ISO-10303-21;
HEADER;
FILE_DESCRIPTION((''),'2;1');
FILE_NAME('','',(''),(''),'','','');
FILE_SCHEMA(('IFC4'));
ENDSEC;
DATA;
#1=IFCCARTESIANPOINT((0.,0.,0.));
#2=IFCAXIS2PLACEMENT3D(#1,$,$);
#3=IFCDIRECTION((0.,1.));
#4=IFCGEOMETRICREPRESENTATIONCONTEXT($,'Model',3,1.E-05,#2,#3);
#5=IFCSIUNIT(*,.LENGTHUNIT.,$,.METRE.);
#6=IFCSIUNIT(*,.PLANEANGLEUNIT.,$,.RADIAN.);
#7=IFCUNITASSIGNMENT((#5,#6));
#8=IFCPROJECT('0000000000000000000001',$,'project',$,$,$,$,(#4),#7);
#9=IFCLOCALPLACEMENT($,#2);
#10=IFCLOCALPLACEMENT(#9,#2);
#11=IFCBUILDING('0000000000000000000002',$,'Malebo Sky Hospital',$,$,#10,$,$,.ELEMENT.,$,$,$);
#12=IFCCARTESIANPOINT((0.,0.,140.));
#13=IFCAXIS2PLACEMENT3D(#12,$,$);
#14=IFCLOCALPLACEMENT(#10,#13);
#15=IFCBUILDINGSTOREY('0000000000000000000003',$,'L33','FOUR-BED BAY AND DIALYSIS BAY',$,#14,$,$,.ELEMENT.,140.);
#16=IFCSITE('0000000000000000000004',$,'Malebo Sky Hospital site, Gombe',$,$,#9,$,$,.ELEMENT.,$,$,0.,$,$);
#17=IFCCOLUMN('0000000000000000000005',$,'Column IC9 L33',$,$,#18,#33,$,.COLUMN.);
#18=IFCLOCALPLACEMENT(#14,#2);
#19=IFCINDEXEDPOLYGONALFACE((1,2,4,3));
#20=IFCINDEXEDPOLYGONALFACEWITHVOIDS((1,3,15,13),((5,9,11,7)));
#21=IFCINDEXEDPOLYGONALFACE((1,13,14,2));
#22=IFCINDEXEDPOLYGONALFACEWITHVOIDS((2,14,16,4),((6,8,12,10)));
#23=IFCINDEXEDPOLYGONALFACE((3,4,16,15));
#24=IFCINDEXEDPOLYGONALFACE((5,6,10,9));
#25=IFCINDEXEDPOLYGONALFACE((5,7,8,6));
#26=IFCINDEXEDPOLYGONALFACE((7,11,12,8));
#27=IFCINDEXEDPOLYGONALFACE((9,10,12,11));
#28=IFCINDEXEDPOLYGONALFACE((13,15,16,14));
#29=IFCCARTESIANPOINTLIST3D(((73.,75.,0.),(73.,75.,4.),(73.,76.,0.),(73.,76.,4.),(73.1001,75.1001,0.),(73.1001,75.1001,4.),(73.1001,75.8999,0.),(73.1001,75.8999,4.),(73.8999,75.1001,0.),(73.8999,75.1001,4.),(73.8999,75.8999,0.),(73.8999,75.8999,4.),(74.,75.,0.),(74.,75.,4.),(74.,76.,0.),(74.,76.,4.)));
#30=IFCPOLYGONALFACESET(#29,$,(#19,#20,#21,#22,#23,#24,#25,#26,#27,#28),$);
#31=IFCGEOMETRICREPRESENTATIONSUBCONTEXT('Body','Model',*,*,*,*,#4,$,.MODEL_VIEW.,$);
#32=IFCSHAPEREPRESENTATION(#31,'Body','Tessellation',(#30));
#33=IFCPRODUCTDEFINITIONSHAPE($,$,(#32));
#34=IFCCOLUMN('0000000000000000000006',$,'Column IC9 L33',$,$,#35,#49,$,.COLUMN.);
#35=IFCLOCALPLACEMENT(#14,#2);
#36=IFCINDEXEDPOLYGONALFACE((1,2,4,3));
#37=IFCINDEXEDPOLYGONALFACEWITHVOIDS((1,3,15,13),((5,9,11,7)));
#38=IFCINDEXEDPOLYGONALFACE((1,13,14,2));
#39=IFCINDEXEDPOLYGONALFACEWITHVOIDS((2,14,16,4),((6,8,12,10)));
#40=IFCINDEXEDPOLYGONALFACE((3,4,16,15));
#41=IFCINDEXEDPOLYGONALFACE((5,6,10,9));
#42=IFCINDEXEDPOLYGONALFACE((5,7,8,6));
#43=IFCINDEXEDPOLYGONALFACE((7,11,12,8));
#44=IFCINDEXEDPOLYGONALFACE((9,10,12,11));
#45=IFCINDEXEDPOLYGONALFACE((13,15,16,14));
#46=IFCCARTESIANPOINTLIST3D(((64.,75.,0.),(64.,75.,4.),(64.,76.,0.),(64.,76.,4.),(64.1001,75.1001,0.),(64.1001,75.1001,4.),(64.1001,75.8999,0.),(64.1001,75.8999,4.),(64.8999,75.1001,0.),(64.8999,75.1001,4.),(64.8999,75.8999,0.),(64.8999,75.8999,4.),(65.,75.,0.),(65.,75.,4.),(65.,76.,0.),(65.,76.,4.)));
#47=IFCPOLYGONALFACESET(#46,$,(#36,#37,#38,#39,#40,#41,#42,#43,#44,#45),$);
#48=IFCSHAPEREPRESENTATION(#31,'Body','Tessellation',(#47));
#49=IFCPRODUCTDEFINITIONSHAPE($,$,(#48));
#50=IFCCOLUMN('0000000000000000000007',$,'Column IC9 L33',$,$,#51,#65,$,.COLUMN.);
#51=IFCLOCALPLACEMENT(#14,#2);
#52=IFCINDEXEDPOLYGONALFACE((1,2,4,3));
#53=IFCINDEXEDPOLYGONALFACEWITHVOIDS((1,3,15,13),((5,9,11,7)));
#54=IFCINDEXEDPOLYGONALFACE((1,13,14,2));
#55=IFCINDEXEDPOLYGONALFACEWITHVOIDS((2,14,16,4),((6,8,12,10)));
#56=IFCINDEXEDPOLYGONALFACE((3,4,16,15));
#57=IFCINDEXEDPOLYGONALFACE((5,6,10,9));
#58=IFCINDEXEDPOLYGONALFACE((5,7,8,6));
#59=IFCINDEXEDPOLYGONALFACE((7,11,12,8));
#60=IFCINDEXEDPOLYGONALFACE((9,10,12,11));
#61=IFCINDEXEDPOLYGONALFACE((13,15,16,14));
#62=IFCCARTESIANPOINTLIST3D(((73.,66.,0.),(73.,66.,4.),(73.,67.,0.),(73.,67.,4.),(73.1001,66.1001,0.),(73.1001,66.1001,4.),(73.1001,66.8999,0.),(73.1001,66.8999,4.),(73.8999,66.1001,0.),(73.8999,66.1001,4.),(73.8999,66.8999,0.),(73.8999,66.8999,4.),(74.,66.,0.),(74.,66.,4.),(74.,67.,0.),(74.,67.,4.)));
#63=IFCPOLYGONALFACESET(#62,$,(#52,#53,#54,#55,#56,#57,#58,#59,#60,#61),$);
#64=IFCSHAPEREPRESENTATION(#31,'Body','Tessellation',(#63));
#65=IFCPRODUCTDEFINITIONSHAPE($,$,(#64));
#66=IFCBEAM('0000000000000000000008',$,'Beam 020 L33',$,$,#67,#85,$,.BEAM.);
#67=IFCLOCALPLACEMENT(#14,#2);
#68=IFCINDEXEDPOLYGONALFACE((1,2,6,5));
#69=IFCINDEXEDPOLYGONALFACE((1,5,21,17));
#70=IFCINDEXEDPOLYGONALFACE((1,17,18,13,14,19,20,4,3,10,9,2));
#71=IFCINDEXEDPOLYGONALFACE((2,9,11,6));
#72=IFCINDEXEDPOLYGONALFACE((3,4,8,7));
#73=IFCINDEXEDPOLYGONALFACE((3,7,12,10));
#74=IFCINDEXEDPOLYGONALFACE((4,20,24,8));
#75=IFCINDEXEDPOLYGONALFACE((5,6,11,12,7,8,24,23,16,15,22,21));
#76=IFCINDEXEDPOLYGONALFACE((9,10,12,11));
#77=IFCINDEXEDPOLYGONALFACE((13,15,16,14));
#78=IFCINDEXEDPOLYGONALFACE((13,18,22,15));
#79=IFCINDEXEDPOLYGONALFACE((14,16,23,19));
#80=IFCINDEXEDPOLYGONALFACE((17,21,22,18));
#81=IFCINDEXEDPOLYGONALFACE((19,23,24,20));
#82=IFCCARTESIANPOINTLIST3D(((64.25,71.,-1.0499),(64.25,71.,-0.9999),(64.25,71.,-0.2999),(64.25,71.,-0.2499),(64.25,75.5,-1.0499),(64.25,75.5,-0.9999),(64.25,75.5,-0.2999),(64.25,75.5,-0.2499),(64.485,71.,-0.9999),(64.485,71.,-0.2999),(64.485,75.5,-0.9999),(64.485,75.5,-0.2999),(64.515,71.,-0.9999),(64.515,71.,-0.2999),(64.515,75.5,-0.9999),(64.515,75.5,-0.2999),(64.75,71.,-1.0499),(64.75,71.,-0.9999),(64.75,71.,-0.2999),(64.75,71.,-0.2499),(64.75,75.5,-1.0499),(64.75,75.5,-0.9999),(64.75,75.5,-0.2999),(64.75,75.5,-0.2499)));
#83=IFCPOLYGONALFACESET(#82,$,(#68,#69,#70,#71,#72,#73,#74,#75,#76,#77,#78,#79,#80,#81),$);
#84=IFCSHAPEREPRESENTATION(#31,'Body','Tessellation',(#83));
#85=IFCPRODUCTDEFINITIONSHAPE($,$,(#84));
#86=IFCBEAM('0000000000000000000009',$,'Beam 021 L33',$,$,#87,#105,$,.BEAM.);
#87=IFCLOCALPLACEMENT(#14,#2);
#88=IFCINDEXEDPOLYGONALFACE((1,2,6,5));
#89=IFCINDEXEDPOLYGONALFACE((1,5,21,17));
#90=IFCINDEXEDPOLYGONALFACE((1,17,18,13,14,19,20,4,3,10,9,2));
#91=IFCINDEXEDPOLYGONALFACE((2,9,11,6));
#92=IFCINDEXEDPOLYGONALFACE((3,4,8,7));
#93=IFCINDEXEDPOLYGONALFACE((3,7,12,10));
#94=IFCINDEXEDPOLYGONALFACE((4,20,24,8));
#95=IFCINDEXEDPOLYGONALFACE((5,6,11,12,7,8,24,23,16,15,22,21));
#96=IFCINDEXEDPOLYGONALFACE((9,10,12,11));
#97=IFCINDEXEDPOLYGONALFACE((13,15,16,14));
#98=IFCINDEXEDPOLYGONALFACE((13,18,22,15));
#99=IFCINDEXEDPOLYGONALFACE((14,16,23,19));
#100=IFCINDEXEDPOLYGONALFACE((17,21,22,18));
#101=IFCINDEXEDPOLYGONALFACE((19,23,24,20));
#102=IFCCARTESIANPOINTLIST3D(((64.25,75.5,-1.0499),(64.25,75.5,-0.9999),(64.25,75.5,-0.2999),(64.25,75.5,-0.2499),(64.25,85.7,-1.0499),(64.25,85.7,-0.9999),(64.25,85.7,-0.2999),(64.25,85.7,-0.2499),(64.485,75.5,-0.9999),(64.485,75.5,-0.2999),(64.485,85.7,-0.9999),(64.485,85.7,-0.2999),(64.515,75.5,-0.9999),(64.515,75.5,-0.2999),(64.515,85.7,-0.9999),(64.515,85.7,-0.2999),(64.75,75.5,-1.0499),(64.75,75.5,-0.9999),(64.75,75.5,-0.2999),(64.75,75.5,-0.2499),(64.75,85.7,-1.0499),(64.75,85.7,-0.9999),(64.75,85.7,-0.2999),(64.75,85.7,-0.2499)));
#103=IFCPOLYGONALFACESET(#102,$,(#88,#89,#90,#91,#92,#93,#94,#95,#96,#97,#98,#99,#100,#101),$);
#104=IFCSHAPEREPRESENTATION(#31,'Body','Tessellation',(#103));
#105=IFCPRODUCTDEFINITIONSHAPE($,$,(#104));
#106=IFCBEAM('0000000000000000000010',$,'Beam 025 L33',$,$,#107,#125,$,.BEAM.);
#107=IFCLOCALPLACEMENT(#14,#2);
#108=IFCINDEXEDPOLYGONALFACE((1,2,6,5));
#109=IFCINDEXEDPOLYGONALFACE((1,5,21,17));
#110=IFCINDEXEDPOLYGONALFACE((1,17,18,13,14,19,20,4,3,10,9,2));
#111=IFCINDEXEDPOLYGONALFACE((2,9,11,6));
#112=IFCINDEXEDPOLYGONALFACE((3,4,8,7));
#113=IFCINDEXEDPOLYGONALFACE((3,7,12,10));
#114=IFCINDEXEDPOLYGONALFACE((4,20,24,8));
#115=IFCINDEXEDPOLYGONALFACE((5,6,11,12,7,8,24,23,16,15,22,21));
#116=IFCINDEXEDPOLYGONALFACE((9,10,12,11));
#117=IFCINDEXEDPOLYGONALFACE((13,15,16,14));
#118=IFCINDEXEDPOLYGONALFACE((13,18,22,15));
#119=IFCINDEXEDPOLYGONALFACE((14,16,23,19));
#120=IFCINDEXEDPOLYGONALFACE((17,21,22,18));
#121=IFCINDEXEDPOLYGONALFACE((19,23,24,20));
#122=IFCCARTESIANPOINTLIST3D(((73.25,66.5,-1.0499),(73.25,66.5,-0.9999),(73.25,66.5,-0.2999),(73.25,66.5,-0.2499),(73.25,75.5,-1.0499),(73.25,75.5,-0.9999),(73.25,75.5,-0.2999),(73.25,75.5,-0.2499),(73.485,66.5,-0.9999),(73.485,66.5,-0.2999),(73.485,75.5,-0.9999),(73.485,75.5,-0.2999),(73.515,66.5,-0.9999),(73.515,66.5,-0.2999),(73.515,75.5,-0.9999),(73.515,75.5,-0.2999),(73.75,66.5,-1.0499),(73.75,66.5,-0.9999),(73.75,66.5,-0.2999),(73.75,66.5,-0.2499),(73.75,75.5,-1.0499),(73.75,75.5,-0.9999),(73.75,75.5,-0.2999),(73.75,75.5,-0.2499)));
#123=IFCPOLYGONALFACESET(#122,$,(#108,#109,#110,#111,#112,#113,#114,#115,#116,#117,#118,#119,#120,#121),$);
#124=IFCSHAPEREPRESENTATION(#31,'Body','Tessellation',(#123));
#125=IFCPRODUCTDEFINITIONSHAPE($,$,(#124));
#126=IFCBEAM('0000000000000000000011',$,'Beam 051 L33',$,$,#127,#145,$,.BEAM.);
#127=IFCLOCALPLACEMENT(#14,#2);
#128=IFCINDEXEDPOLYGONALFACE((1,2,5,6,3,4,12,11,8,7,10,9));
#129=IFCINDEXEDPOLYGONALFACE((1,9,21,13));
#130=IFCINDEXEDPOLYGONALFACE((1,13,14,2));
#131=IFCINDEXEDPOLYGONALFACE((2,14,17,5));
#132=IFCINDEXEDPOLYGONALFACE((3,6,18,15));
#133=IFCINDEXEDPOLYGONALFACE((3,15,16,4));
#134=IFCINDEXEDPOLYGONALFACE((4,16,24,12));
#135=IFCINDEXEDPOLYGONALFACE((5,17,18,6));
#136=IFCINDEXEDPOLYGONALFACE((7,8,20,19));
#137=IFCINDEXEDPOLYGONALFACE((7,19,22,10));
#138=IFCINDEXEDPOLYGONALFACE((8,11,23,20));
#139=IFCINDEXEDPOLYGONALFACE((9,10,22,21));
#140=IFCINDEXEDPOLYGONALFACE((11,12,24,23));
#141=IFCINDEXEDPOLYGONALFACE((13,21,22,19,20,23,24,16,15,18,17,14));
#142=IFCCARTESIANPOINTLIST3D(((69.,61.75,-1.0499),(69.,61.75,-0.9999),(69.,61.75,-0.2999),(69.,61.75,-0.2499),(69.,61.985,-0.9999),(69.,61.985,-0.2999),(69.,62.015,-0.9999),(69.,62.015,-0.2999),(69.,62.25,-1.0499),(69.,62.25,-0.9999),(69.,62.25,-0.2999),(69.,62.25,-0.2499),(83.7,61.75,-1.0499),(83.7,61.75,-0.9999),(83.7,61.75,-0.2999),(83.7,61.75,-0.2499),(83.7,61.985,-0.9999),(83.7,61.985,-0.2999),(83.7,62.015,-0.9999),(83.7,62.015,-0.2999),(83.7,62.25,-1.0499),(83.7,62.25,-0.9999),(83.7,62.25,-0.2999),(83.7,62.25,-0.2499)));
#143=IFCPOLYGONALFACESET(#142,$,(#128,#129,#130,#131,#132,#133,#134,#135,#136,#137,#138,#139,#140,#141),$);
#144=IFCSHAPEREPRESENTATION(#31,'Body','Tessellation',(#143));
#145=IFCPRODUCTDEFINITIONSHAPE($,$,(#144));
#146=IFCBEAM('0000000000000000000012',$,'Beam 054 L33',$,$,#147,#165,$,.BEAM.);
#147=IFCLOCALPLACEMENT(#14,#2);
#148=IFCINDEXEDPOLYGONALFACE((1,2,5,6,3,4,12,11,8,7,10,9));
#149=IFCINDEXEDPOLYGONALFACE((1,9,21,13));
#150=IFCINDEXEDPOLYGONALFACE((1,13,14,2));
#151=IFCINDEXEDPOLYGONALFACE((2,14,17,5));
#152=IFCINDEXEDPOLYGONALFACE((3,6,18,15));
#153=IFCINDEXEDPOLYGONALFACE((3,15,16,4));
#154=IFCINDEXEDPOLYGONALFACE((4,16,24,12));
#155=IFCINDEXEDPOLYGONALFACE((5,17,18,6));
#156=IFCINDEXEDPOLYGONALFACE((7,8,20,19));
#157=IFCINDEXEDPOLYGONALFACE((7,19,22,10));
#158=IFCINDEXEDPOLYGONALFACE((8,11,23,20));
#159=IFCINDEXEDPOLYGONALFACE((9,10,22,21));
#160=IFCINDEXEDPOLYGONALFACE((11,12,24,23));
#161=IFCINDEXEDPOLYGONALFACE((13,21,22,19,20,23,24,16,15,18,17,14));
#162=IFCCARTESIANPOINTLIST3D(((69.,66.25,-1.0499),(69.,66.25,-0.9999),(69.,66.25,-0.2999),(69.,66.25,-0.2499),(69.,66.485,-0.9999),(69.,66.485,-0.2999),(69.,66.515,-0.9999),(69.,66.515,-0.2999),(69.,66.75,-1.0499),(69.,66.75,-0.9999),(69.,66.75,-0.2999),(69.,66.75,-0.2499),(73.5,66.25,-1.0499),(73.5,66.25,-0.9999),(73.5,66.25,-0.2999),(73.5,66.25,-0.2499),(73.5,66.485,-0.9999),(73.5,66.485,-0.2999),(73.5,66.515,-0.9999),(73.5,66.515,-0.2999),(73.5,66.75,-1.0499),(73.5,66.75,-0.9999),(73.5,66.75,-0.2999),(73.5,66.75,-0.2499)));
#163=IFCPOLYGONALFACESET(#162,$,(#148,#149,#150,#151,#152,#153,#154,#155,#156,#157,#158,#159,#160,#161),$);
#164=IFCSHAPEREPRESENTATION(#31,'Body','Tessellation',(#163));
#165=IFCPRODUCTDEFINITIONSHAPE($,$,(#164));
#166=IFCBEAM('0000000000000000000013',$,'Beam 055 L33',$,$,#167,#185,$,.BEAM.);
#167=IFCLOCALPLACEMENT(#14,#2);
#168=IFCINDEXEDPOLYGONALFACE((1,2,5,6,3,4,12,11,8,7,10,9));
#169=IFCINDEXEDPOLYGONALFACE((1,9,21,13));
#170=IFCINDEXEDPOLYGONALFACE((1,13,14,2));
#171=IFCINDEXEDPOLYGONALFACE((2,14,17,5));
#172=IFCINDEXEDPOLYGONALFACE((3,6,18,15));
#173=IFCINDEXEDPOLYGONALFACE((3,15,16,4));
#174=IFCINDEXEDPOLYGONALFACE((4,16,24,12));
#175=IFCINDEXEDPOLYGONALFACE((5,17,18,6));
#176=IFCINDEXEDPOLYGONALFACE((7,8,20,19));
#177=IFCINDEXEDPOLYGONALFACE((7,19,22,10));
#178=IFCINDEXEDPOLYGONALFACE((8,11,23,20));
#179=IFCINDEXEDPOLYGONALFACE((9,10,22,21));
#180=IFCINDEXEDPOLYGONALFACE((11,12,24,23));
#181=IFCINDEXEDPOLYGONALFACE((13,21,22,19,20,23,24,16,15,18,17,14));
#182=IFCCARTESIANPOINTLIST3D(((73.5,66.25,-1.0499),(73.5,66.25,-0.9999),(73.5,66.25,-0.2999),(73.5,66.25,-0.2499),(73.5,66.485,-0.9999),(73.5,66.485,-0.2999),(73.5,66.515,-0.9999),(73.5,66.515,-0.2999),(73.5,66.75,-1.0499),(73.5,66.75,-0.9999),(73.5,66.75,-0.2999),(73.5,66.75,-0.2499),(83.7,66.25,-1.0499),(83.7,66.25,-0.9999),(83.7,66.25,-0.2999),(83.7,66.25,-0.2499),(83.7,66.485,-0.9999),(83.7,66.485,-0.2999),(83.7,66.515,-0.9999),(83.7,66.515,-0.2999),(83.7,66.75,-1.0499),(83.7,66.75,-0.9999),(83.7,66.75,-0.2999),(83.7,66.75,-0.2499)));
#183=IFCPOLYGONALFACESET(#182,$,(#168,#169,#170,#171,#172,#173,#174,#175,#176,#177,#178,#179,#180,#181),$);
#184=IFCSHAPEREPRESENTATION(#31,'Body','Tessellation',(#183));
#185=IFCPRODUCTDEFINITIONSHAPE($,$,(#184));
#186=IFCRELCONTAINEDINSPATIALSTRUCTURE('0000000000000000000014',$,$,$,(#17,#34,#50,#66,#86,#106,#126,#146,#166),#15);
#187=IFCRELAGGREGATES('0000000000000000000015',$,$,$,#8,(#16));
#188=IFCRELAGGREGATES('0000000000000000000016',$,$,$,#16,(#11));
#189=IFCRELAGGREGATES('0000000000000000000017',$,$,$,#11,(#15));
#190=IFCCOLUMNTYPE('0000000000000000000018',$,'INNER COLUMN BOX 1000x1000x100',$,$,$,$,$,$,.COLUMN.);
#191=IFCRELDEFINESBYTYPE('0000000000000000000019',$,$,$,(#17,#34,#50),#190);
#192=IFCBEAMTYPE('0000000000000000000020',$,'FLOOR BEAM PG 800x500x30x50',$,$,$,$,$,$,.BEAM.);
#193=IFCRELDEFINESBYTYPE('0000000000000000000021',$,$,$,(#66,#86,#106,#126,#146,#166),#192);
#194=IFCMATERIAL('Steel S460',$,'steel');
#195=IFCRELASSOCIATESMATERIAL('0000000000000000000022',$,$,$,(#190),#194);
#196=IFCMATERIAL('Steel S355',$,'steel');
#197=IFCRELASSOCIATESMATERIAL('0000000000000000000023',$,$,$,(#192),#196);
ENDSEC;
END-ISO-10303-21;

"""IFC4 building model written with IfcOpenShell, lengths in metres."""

from ifc_helpers import new_model, si_unit, direction, frame, origin, origin_2d, place, context, subcontext, project, spatial, hollow_rectangle, i_section, extrude, material, material_profile, profile_set, type_object, element, save


model = new_model("IFC4")

# Units and contexts
model_context = context("Model", 3, precision=1e-05, world=origin(), true_north=direction((0.0, 1.0)))
body_context = subcontext(model_context, "Body", "Model", "MODEL_VIEW")
ifc_project = project(units=[si_unit("LENGTHUNIT", "METRE"), si_unit("PLANEANGLEUNIT", "RADIAN")], contexts=[model_context])

# Site, building, storey
site_placement = place(None, origin())
site = spatial("IfcSite", under=ifc_project, at=site_placement, Name="Malebo Sky Hospital site, Gombe", CompositionType="ELEMENT", RefElevation=0.0)
building_placement = place(site_placement, origin())
building = spatial("IfcBuilding", under=site, at=building_placement, Name="Malebo Sky Hospital", CompositionType="ELEMENT")
storey_placement = place(building_placement, frame((0.0, 0.0, 140.0)))
storey = spatial("IfcBuildingStorey", under=building, at=storey_placement, Name="L33", Description="FOUR-BED BAY AND DIALYSIS BAY", CompositionType="ELEMENT", Elevation=140.0)

# Columns
ifc_material_1 = material(Name="Steel S460", Category="steel")
ifc_material_profile_1 = material_profile(ifc_material_1, hollow_rectangle(XDim=1.0, YDim=1.0, WallThickness=0.1001, at=origin_2d()), Name="BOX 1000x1000x100")
ifc_profile_set_1 = profile_set([ifc_material_profile_1], Name="Steel S460")
column_type = type_object("IfcColumnType", Name="INNER COLUMN BOX 1000x1000x100", PredefinedType="COLUMN", material=ifc_profile_set_1)
for number, where, z_axis, x_axis, name in (
    (1, (73.5, 75.5, 0.0), (0.0, 0.0, 1.0), (1.0, 0.0, 0.0), "Column IC9 L33"),
    (2, (64.5, 75.5, 0.0), (0.0, 0.0, 1.0), (1.0, 0.0, 0.0), "Column IC9 L33"),
    (3, (73.5, 66.5, 0.0), (0.0, 0.0, 1.0), (1.0, 0.0, 0.0), "Column IC9 L33"),
):
    element("IfcColumn", number, at=place(storey_placement, frame(where, z_axis=z_axis, x_axis=x_axis)), inside=storey, type_object=column_type, Name=name, PredefinedType="COLUMN", context=body_context, shape_type="SweptSolid", body=[
        extrude(hollow_rectangle(XDim=1.0, YDim=1.0, WallThickness=0.1001, at=origin_2d()), origin(), (0.0, 0.0, 1.0), 4.0),
    ])

# Beams
ifc_material_2 = material(Name="Steel S355", Category="steel")
ifc_material_profile_2 = material_profile(ifc_material_2, i_section(OverallWidth=0.5, OverallDepth=0.8, WebThickness=0.03, FlangeThickness=0.05, at=origin_2d()), Name="PG 800x500x30x50")
ifc_profile_set_2 = profile_set([ifc_material_profile_2], Name="Steel S355")
beam_type = type_object("IfcBeamType", Name="FLOOR BEAM PG 800x500x30x50", PredefinedType="BEAM", material=ifc_profile_set_2)
beam_1_placement = place(storey_placement, frame((64.5, 71.0, -0.6499), z_axis=(0.0, 1.0, 0.0), x_axis=(-1.0, 0.0, 0.0)))
element("IfcBeam", 4, at=beam_1_placement, inside=storey, type_object=beam_type, Name="Beam 020 L33", PredefinedType="BEAM", context=body_context, shape_type="SweptSolid", body=[
    extrude(i_section(OverallWidth=0.5, OverallDepth=0.8, WebThickness=0.03, FlangeThickness=0.05, at=origin_2d()), origin(), (0.0, 0.0, 1.0), 4.5),
])
beam_2_placement = place(storey_placement, frame((64.5, 75.5, -0.6499), z_axis=(0.0, 1.0, 0.0), x_axis=(-1.0, 0.0, 0.0)))
element("IfcBeam", 5, at=beam_2_placement, inside=storey, type_object=beam_type, Name="Beam 021 L33", PredefinedType="BEAM", context=body_context, shape_type="SweptSolid", body=[
    extrude(i_section(OverallWidth=0.5, OverallDepth=0.8, WebThickness=0.03, FlangeThickness=0.05, at=origin_2d()), origin(), (0.0, 0.0, 1.0), 10.2),
])
beam_3_placement = place(storey_placement, frame((73.5, 66.5, -0.6499), z_axis=(0.0, 1.0, 0.0), x_axis=(-1.0, 0.0, 0.0)))
element("IfcBeam", 6, at=beam_3_placement, inside=storey, type_object=beam_type, Name="Beam 025 L33", PredefinedType="BEAM", context=body_context, shape_type="SweptSolid", body=[
    extrude(i_section(OverallWidth=0.5, OverallDepth=0.8, WebThickness=0.03, FlangeThickness=0.05, at=origin_2d()), origin(), (0.0, 0.0, 1.0), 9.0),
])
beam_4_placement = place(storey_placement, frame((69.0, 62.0, -0.6499), z_axis=(1.0, 0.0, 0.0), x_axis=(0.0, 1.0, 0.0)))
element("IfcBeam", 7, at=beam_4_placement, inside=storey, type_object=beam_type, Name="Beam 051 L33", PredefinedType="BEAM", context=body_context, shape_type="SweptSolid", body=[
    extrude(i_section(OverallWidth=0.5, OverallDepth=0.8, WebThickness=0.03, FlangeThickness=0.05, at=origin_2d()), origin(), (0.0, 0.0, 1.0), 14.7),
])
beam_5_placement = place(storey_placement, frame((69.0, 66.5, -0.6499), z_axis=(1.0, 0.0, 0.0), x_axis=(0.0, 1.0, 0.0)))
element("IfcBeam", 8, at=beam_5_placement, inside=storey, type_object=beam_type, Name="Beam 054 L33", PredefinedType="BEAM", context=body_context, shape_type="SweptSolid", body=[
    extrude(i_section(OverallWidth=0.5, OverallDepth=0.8, WebThickness=0.03, FlangeThickness=0.05, at=origin_2d()), origin(), (0.0, 0.0, 1.0), 4.5),
])
beam_6_placement = place(storey_placement, frame((73.5, 66.5, -0.6499), z_axis=(1.0, 0.0, 0.0), x_axis=(0.0, 1.0, 0.0)))
element("IfcBeam", 9, at=beam_6_placement, inside=storey, type_object=beam_type, Name="Beam 055 L33", PredefinedType="BEAM", context=body_context, shape_type="SweptSolid", body=[
    extrude(i_section(OverallWidth=0.5, OverallDepth=0.8, WebThickness=0.03, FlangeThickness=0.05, at=origin_2d()), origin(), (0.0, 0.0, 1.0), 10.2),
])

save(model, "model.ifc")
